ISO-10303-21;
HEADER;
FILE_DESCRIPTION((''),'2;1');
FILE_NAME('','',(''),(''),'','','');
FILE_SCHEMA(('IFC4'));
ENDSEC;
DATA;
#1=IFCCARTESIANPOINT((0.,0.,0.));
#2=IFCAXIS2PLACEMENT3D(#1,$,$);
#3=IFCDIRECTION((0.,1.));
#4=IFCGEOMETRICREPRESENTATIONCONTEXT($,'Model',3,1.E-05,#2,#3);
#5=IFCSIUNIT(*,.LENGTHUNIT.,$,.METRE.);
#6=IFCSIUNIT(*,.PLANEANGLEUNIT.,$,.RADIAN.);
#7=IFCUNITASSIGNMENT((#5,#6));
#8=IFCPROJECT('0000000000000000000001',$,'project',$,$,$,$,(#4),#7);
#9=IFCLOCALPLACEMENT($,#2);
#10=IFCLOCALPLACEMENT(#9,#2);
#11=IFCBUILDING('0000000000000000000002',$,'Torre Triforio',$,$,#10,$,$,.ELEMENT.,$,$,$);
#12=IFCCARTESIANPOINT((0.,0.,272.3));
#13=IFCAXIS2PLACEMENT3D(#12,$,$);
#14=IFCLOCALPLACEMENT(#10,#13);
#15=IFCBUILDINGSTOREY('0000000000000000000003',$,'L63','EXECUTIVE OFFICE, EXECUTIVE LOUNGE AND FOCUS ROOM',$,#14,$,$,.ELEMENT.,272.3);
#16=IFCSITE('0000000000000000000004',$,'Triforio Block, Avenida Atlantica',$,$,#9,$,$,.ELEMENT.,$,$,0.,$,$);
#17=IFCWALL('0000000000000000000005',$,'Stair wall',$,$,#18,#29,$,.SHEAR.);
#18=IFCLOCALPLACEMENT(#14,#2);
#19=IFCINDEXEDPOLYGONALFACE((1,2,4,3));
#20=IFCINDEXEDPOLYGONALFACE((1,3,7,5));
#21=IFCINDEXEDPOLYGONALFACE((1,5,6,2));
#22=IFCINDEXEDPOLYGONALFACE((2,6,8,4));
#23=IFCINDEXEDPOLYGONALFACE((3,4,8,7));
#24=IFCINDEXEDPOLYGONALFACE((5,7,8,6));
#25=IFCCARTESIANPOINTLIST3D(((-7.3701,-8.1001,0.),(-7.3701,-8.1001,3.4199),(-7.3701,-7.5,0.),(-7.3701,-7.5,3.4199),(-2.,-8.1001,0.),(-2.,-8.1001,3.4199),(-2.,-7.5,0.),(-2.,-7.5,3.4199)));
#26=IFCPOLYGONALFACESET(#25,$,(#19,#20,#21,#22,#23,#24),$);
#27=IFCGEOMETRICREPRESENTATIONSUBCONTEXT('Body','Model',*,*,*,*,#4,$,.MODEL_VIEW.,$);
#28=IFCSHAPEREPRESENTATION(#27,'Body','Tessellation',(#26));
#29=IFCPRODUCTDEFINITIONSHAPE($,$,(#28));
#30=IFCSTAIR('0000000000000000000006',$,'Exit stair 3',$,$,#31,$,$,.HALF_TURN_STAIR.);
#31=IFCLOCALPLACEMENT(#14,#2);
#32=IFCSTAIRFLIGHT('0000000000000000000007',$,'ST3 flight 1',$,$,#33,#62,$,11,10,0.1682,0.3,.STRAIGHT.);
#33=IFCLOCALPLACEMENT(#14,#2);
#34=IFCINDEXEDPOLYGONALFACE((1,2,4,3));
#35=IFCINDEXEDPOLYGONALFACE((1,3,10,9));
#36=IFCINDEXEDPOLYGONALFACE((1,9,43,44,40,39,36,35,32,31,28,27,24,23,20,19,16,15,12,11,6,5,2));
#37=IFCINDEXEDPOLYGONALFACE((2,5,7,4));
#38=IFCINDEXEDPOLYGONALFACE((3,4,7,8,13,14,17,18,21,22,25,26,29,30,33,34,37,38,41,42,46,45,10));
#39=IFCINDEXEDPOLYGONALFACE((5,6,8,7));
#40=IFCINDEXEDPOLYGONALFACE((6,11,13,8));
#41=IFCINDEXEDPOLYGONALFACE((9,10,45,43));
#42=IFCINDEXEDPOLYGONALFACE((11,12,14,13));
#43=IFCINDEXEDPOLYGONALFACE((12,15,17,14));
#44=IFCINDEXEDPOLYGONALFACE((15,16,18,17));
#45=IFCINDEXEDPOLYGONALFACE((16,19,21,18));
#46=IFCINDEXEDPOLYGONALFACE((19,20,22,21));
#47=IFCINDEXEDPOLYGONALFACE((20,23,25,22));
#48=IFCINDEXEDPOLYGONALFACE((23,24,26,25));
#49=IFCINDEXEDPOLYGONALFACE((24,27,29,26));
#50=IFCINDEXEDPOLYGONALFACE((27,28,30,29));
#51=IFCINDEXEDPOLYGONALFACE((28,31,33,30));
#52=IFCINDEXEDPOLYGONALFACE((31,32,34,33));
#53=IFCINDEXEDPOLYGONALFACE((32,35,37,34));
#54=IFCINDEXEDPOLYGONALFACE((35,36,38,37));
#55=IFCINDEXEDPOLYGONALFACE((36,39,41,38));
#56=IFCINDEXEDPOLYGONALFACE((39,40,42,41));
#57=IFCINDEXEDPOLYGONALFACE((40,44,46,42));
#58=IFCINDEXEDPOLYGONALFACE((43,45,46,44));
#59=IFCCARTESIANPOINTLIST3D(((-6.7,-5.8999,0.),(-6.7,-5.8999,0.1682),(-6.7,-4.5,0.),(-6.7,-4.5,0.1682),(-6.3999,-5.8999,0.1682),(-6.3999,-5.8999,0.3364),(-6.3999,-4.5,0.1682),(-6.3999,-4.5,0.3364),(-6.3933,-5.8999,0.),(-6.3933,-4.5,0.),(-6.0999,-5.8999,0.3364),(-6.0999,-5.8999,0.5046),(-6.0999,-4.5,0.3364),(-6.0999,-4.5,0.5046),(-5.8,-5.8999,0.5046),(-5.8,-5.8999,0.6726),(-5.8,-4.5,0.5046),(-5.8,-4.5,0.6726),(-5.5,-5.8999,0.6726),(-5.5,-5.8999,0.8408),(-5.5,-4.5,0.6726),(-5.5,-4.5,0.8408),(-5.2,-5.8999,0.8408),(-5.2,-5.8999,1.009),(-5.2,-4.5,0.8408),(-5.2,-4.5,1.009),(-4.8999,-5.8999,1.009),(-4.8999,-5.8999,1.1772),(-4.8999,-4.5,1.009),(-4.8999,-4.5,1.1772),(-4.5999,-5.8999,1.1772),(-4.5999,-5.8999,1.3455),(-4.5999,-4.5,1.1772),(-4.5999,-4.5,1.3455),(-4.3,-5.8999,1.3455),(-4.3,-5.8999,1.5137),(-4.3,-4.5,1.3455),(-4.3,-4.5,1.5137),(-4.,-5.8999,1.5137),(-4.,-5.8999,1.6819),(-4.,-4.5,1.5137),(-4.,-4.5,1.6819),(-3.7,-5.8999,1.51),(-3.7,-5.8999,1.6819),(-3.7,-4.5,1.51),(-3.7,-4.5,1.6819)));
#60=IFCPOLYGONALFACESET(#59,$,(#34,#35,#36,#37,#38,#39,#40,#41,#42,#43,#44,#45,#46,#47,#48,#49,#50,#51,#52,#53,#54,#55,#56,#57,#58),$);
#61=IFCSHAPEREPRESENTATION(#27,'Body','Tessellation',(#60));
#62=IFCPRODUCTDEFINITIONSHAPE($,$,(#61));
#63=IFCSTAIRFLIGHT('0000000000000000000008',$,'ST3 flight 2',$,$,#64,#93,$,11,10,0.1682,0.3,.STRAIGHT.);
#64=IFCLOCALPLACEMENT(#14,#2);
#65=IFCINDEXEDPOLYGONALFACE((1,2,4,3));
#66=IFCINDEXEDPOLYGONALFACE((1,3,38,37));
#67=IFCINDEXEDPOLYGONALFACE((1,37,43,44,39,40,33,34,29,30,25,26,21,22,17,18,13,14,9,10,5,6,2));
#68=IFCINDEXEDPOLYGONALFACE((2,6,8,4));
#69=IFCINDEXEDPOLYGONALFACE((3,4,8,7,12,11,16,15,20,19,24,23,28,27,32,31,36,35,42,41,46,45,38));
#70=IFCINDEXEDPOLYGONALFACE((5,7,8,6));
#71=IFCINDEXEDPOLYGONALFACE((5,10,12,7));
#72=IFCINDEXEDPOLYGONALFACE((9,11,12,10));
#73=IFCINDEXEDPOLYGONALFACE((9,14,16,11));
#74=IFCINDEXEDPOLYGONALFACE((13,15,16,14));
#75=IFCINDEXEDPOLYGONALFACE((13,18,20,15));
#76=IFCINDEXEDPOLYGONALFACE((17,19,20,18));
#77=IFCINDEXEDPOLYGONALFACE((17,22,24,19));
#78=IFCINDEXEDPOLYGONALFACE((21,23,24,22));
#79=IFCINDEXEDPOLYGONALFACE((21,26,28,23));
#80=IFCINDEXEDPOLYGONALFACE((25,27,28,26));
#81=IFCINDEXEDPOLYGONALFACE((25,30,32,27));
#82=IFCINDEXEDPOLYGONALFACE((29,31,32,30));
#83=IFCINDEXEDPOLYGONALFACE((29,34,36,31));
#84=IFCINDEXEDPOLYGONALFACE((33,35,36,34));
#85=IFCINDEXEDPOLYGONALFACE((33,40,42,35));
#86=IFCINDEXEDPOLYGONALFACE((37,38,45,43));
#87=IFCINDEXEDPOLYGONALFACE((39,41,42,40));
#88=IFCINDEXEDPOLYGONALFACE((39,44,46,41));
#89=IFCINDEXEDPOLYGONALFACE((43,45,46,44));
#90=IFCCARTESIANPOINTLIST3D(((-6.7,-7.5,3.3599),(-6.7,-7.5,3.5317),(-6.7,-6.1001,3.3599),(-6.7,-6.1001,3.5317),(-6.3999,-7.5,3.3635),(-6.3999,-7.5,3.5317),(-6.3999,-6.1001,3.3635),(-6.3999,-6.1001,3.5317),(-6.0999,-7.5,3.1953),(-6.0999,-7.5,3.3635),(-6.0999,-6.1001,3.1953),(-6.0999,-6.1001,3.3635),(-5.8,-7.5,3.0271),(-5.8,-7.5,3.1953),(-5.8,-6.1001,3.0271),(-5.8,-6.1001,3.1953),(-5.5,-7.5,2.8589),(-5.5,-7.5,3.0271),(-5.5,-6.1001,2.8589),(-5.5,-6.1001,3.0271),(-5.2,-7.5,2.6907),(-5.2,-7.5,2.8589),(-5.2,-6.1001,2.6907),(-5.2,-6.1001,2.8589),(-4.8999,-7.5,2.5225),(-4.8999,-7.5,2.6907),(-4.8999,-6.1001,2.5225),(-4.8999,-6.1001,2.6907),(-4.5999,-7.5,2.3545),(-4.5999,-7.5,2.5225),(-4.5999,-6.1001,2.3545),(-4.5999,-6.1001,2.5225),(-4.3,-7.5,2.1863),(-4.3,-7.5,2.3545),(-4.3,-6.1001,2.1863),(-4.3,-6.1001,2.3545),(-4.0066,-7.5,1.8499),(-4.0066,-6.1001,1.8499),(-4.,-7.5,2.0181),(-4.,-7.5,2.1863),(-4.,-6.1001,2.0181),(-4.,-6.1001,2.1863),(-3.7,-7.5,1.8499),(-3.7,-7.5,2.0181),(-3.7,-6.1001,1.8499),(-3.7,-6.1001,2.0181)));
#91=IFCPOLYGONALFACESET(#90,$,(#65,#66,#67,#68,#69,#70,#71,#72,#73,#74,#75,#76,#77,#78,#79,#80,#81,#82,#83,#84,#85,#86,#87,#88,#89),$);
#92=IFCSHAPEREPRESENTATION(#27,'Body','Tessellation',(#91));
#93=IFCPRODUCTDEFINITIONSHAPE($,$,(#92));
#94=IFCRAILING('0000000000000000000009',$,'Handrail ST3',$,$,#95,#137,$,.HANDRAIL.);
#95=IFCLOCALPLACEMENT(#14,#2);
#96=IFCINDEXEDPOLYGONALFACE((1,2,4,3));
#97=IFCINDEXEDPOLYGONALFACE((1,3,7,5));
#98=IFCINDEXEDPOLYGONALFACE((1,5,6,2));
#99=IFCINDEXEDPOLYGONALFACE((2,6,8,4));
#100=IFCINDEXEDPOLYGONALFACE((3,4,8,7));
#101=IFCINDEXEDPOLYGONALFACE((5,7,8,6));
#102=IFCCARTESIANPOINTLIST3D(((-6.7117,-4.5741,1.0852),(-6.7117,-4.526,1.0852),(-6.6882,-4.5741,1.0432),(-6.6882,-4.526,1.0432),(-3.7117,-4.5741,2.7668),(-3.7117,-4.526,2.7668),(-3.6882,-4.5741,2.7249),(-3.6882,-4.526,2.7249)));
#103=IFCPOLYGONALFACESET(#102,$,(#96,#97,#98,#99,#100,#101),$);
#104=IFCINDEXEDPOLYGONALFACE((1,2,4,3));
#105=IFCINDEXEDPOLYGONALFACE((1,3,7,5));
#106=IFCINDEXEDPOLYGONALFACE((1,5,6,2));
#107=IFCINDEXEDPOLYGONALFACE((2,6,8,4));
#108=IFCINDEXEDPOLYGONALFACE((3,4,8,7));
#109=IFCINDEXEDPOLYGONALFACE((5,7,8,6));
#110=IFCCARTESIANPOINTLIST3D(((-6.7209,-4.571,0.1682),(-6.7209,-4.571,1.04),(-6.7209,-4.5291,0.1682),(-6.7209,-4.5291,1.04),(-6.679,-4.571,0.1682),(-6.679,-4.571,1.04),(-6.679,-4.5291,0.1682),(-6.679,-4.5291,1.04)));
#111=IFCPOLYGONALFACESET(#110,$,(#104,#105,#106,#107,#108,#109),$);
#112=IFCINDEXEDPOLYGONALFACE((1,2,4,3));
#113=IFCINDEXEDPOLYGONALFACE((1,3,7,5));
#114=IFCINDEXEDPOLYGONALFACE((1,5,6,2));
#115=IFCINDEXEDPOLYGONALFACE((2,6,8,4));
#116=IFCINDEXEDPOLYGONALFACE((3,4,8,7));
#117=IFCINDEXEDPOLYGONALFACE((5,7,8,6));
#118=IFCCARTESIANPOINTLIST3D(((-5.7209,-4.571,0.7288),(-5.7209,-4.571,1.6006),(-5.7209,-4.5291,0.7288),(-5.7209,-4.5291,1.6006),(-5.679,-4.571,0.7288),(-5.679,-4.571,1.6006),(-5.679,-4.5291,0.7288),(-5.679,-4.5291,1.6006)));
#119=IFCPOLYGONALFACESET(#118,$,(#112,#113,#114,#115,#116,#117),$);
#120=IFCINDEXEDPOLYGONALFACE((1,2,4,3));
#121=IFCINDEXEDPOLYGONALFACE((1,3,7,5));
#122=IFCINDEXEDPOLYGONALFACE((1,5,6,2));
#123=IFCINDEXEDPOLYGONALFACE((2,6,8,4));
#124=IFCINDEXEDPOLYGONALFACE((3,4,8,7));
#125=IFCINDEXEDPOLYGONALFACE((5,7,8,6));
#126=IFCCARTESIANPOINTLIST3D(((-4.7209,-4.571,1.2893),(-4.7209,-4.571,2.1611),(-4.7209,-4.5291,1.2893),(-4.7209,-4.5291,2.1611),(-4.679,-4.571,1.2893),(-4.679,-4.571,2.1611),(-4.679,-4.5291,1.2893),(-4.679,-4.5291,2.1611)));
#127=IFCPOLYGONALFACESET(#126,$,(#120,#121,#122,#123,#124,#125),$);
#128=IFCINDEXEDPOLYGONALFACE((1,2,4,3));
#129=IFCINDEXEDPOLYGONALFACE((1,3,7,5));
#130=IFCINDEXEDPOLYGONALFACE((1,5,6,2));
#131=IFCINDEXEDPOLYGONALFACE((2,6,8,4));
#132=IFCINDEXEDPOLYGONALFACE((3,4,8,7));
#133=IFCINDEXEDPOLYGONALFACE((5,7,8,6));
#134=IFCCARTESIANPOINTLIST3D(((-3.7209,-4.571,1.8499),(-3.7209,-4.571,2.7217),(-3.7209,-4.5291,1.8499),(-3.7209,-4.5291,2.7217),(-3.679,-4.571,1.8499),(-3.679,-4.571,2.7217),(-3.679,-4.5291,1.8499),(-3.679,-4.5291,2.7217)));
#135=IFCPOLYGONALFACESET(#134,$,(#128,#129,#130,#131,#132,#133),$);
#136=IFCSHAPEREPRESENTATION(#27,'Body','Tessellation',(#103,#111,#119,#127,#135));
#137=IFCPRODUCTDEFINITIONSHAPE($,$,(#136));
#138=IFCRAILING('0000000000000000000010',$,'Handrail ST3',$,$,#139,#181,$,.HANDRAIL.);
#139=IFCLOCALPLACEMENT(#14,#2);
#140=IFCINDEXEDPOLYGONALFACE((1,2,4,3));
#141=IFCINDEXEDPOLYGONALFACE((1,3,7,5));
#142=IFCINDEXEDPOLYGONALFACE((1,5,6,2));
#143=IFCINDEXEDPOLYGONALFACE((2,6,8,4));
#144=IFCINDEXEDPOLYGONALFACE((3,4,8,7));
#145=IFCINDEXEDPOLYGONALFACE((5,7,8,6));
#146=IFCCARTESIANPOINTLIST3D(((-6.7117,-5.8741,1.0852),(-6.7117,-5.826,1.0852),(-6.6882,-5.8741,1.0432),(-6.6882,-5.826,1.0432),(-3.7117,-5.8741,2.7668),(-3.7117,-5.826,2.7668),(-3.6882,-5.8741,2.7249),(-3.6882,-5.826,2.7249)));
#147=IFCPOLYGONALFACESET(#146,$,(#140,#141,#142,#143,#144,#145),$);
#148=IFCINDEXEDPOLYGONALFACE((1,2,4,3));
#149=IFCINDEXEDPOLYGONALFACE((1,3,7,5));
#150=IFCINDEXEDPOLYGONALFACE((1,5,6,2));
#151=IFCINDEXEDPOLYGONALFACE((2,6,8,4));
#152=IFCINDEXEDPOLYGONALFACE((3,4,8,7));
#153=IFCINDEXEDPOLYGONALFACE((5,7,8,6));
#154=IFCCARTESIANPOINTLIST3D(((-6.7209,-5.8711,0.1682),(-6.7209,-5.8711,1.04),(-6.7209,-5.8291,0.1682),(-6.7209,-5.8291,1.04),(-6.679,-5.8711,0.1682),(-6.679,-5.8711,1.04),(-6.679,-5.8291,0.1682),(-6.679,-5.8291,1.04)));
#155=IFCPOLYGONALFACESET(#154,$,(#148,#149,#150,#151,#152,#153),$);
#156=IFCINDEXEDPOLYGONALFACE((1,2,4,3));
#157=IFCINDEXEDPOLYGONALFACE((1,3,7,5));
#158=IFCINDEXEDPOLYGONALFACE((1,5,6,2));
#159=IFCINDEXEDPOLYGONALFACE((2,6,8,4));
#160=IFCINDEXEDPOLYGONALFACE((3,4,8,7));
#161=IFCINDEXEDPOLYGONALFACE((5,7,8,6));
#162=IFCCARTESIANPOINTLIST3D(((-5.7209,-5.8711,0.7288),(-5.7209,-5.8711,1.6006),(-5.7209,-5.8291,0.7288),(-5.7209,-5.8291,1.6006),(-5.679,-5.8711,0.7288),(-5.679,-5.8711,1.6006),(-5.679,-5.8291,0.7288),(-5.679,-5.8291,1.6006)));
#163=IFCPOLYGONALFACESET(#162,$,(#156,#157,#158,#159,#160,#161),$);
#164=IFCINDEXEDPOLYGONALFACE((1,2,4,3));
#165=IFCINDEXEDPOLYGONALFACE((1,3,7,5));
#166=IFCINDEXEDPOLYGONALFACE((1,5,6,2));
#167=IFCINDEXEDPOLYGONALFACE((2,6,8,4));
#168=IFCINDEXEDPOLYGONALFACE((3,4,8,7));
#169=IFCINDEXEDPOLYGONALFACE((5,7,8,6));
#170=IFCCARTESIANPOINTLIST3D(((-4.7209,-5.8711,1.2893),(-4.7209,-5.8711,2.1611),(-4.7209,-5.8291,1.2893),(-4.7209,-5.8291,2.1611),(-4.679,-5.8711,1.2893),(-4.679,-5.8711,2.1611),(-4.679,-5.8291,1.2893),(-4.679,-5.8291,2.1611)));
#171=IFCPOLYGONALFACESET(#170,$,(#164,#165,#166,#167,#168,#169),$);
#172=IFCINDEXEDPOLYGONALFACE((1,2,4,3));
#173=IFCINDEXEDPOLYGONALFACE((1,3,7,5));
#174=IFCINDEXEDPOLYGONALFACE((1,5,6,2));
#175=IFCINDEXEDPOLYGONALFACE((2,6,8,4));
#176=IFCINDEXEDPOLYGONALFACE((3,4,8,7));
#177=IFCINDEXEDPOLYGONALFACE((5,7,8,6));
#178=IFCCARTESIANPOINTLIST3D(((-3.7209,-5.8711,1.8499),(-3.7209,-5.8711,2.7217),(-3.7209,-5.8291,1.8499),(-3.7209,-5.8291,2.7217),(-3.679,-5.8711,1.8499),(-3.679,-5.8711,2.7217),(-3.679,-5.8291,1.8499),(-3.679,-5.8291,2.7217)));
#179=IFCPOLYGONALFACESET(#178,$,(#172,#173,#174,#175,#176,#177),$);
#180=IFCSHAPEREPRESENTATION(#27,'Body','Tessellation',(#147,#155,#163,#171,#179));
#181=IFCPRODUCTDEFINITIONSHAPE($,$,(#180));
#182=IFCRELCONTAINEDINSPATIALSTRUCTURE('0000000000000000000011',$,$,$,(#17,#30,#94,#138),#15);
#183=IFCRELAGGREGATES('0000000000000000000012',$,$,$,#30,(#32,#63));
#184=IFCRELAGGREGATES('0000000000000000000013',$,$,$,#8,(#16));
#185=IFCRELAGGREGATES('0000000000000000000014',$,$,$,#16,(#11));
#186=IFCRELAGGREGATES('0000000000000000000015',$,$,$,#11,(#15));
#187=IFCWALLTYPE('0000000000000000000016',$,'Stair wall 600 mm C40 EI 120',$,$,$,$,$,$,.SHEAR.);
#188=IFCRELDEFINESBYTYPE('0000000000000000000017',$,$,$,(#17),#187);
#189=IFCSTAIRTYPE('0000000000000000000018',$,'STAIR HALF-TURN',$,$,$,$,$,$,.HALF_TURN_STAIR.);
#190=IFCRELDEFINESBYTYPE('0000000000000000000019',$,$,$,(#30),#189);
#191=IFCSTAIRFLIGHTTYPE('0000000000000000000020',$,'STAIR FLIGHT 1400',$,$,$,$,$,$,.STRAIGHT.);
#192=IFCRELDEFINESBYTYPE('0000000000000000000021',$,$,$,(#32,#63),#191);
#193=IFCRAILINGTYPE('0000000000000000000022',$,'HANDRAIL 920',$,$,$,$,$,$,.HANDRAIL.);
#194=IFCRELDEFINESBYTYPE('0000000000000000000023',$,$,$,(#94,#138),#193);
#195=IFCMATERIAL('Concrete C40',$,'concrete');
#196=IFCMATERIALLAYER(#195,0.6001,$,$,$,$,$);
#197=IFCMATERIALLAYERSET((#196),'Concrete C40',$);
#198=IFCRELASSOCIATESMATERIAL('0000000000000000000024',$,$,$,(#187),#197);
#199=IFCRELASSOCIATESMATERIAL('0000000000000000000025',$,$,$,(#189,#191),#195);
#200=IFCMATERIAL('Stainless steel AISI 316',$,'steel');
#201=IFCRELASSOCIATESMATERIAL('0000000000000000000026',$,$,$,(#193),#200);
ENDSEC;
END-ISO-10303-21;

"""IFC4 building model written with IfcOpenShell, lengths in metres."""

from ifc_helpers import new_model, si_unit, direction, frame, frame_2d, origin, origin_2d, place, context, subcontext, project, spatial, polyline, rectangle, outline, extrude, material, layer, layer_set, type_object, element, aggregate, save


model = new_model("IFC4")

# Units and contexts
model_context = context("Model", 3, precision=1e-05, world=origin(), true_north=direction((0.0, 1.0)))
body_context = subcontext(model_context, "Body", "Model", "MODEL_VIEW")
ifc_project = project(units=[si_unit("LENGTHUNIT", "METRE"), si_unit("PLANEANGLEUNIT", "RADIAN")], contexts=[model_context])

# Site, building, storey
site_placement = place(None, origin())
site = spatial("IfcSite", under=ifc_project, at=site_placement, Name="Triforio Block, Avenida Atlantica", CompositionType="ELEMENT", RefElevation=0.0)
building_placement = place(site_placement, origin())
building = spatial("IfcBuilding", under=site, at=building_placement, Name="Torre Triforio", CompositionType="ELEMENT")
storey_placement = place(building_placement, frame((0.0, 0.0, 272.3)))
storey = spatial("IfcBuildingStorey", under=building, at=storey_placement, Name="L63", Description="EXECUTIVE OFFICE, EXECUTIVE LOUNGE AND FOCUS ROOM", CompositionType="ELEMENT", Elevation=272.3)

# Shared definitions
ifc_material_1 = material(Name="Concrete C40", Category="concrete")

# Wall
ifc_layer_1 = layer(ifc_material_1, 0.6001)
ifc_layer_set_1 = layer_set([ifc_layer_1], Name="Concrete C40")
wall_type_1 = type_object("IfcWallType", Name="Stair wall 600 mm C40 EI 120", PredefinedType="SHEAR", material=ifc_layer_set_1)
wall_1_placement = place(storey_placement, frame((-7.3701, -7.8, 0.0), z_axis=(0.0, 0.0, 1.0), x_axis=(1.0, 0.0, 0.0)))
element("IfcWall", 1, at=wall_1_placement, inside=storey, type_object=wall_type_1, Name="Stair wall", PredefinedType="SHEAR", context=body_context, shape_type="SweptSolid", body=[
    extrude(rectangle(XDim=5.3701, YDim=0.6001, at=frame_2d((2.6851, 0.0))), origin(), (0.0, 0.0, 1.0), 3.4199),
])

# Stair, stair flights
stair_type = type_object("IfcStairType", Name="STAIR HALF-TURN", PredefinedType="HALF_TURN_STAIR", material=ifc_material_1)
stair_placement = place(storey_placement, origin())
stair = element("IfcStair", 2, at=stair_placement, inside=storey, type_object=stair_type, Name="Exit stair 3", PredefinedType="HALF_TURN_STAIR")
stair_flight_type = type_object("IfcStairFlightType", Name="STAIR FLIGHT 1400", PredefinedType="STRAIGHT", material=ifc_material_1)
stair_flight_1_placement = place(storey_placement, frame((-6.7, -5.2, 0.0), z_axis=(0.0, 0.0, 1.0), x_axis=(1.0, 0.0, 0.0)))
stair_flight_1 = element("IfcStairFlight", 3, at=stair_flight_1_placement, type_object=stair_flight_type, Name="ST3 flight 1", NumberOfRisers=11, NumberOfTreads=10, PredefinedType="STRAIGHT", RiserHeight=0.1682, TreadLength=0.3, context=body_context, shape_type="SweptSolid", body=[
    extrude(outline(polyline([(0.0, 0.0), (0.0, 0.1682), (0.3, 0.1682), (0.3, 0.3364), (0.6001, 0.3364), (0.6001, 0.5046), (0.8999, 0.5046), (0.8999, 0.6726), (1.2, 0.6726), (1.2, 0.8408), (1.5, 0.8408), (1.5, 1.009), (1.8, 1.009), (1.8, 1.1772), (2.1001, 1.1772), (2.1001, 1.3455), (2.3999, 1.3455), (2.3999, 1.5137), (2.7, 1.5137), (2.7, 1.6819), (3.0, 1.6819), (3.0, 1.8501), (3.0, 1.51), (0.3066, 0.0), (0.0, 0.0)])), frame((0.0, 0.7, 0.0), z_axis=(0.0, -1.0, 0.0), x_axis=(1.0, 0.0, 0.0)), (0.0, 0.0, 1.0), 1.3999),
])
stair_flight_2_placement = place(storey_placement, frame((-3.7, -6.8, 1.8499), z_axis=(0.0, 0.0, 1.0), x_axis=(-1.0, 0.0, 0.0)))
stair_flight_2 = element("IfcStairFlight", 4, at=stair_flight_2_placement, type_object=stair_flight_type, Name="ST3 flight 2", NumberOfRisers=11, NumberOfTreads=10, PredefinedType="STRAIGHT", RiserHeight=0.1682, TreadLength=0.3, context=body_context, shape_type="SweptSolid", body=[
    extrude(outline(polyline([(0.0, 0.0), (0.0, 0.1682), (0.3, 0.1682), (0.3, 0.3364), (0.6001, 0.3364), (0.6001, 0.5046), (0.8999, 0.5046), (0.8999, 0.6726), (1.2, 0.6726), (1.2, 0.8408), (1.5, 0.8408), (1.5, 1.009), (1.8, 1.009), (1.8, 1.1772), (2.1001, 1.1772), (2.1001, 1.3455), (2.3999, 1.3455), (2.3999, 1.5137), (2.7, 1.5137), (2.7, 1.6819), (3.0, 1.6819), (3.0, 1.8501), (3.0, 1.51), (0.3066, 0.0), (0.0, 0.0)])), frame((0.0, 0.7, 0.0), z_axis=(0.0, -1.0, 0.0), x_axis=(1.0, 0.0, 0.0)), (0.0, 0.0, 1.0), 1.3999),
])
aggregate(stair, [stair_flight_1, stair_flight_2])

# Railings
ifc_material_2 = material(Name="Stainless steel AISI 316", Category="steel")
railing_type = type_object("IfcRailingType", Name="HANDRAIL 920", PredefinedType="HANDRAIL", material=ifc_material_2)
for number, where, name in (
    (5, (-6.7, -4.55, 0.1682), "Handrail ST3"),
    (6, (-6.7, -5.8501, 0.1682), "Handrail ST3"),
):
    element("IfcRailing", number, at=place(storey_placement, frame(where)), inside=storey, type_object=railing_type, Name=name, PredefinedType="HANDRAIL", context=body_context, shape_type="SweptSolid", body=[
        extrude(rectangle(XDim=0.0481, YDim=0.0481, at=origin_2d()), frame((0.0, 0.0, 0.896), z_axis=(0.872303, 0.0, 0.488966), x_axis=(0.0, 1.0, 0.0)), (0.0, 0.0, 1.0), 3.4392),
        extrude(rectangle(XDim=0.042, YDim=0.042, at=origin_2d()), origin(), (0.0, 0.0, 1.0), 0.8718),
        extrude(rectangle(XDim=0.042, YDim=0.042, at=origin_2d()), frame((1.0, 0.0, 0.5605)), (0.0, 0.0, 1.0), 0.8718),
        extrude(rectangle(XDim=0.042, YDim=0.042, at=origin_2d()), frame((2.0, 0.0, 1.1211)), (0.0, 0.0, 1.0), 0.8718),
        extrude(rectangle(XDim=0.042, YDim=0.042, at=origin_2d()), frame((3.0, 0.0, 1.6816)), (0.0, 0.0, 1.0), 0.8718),
    ])

save(model, "model.ifc")
